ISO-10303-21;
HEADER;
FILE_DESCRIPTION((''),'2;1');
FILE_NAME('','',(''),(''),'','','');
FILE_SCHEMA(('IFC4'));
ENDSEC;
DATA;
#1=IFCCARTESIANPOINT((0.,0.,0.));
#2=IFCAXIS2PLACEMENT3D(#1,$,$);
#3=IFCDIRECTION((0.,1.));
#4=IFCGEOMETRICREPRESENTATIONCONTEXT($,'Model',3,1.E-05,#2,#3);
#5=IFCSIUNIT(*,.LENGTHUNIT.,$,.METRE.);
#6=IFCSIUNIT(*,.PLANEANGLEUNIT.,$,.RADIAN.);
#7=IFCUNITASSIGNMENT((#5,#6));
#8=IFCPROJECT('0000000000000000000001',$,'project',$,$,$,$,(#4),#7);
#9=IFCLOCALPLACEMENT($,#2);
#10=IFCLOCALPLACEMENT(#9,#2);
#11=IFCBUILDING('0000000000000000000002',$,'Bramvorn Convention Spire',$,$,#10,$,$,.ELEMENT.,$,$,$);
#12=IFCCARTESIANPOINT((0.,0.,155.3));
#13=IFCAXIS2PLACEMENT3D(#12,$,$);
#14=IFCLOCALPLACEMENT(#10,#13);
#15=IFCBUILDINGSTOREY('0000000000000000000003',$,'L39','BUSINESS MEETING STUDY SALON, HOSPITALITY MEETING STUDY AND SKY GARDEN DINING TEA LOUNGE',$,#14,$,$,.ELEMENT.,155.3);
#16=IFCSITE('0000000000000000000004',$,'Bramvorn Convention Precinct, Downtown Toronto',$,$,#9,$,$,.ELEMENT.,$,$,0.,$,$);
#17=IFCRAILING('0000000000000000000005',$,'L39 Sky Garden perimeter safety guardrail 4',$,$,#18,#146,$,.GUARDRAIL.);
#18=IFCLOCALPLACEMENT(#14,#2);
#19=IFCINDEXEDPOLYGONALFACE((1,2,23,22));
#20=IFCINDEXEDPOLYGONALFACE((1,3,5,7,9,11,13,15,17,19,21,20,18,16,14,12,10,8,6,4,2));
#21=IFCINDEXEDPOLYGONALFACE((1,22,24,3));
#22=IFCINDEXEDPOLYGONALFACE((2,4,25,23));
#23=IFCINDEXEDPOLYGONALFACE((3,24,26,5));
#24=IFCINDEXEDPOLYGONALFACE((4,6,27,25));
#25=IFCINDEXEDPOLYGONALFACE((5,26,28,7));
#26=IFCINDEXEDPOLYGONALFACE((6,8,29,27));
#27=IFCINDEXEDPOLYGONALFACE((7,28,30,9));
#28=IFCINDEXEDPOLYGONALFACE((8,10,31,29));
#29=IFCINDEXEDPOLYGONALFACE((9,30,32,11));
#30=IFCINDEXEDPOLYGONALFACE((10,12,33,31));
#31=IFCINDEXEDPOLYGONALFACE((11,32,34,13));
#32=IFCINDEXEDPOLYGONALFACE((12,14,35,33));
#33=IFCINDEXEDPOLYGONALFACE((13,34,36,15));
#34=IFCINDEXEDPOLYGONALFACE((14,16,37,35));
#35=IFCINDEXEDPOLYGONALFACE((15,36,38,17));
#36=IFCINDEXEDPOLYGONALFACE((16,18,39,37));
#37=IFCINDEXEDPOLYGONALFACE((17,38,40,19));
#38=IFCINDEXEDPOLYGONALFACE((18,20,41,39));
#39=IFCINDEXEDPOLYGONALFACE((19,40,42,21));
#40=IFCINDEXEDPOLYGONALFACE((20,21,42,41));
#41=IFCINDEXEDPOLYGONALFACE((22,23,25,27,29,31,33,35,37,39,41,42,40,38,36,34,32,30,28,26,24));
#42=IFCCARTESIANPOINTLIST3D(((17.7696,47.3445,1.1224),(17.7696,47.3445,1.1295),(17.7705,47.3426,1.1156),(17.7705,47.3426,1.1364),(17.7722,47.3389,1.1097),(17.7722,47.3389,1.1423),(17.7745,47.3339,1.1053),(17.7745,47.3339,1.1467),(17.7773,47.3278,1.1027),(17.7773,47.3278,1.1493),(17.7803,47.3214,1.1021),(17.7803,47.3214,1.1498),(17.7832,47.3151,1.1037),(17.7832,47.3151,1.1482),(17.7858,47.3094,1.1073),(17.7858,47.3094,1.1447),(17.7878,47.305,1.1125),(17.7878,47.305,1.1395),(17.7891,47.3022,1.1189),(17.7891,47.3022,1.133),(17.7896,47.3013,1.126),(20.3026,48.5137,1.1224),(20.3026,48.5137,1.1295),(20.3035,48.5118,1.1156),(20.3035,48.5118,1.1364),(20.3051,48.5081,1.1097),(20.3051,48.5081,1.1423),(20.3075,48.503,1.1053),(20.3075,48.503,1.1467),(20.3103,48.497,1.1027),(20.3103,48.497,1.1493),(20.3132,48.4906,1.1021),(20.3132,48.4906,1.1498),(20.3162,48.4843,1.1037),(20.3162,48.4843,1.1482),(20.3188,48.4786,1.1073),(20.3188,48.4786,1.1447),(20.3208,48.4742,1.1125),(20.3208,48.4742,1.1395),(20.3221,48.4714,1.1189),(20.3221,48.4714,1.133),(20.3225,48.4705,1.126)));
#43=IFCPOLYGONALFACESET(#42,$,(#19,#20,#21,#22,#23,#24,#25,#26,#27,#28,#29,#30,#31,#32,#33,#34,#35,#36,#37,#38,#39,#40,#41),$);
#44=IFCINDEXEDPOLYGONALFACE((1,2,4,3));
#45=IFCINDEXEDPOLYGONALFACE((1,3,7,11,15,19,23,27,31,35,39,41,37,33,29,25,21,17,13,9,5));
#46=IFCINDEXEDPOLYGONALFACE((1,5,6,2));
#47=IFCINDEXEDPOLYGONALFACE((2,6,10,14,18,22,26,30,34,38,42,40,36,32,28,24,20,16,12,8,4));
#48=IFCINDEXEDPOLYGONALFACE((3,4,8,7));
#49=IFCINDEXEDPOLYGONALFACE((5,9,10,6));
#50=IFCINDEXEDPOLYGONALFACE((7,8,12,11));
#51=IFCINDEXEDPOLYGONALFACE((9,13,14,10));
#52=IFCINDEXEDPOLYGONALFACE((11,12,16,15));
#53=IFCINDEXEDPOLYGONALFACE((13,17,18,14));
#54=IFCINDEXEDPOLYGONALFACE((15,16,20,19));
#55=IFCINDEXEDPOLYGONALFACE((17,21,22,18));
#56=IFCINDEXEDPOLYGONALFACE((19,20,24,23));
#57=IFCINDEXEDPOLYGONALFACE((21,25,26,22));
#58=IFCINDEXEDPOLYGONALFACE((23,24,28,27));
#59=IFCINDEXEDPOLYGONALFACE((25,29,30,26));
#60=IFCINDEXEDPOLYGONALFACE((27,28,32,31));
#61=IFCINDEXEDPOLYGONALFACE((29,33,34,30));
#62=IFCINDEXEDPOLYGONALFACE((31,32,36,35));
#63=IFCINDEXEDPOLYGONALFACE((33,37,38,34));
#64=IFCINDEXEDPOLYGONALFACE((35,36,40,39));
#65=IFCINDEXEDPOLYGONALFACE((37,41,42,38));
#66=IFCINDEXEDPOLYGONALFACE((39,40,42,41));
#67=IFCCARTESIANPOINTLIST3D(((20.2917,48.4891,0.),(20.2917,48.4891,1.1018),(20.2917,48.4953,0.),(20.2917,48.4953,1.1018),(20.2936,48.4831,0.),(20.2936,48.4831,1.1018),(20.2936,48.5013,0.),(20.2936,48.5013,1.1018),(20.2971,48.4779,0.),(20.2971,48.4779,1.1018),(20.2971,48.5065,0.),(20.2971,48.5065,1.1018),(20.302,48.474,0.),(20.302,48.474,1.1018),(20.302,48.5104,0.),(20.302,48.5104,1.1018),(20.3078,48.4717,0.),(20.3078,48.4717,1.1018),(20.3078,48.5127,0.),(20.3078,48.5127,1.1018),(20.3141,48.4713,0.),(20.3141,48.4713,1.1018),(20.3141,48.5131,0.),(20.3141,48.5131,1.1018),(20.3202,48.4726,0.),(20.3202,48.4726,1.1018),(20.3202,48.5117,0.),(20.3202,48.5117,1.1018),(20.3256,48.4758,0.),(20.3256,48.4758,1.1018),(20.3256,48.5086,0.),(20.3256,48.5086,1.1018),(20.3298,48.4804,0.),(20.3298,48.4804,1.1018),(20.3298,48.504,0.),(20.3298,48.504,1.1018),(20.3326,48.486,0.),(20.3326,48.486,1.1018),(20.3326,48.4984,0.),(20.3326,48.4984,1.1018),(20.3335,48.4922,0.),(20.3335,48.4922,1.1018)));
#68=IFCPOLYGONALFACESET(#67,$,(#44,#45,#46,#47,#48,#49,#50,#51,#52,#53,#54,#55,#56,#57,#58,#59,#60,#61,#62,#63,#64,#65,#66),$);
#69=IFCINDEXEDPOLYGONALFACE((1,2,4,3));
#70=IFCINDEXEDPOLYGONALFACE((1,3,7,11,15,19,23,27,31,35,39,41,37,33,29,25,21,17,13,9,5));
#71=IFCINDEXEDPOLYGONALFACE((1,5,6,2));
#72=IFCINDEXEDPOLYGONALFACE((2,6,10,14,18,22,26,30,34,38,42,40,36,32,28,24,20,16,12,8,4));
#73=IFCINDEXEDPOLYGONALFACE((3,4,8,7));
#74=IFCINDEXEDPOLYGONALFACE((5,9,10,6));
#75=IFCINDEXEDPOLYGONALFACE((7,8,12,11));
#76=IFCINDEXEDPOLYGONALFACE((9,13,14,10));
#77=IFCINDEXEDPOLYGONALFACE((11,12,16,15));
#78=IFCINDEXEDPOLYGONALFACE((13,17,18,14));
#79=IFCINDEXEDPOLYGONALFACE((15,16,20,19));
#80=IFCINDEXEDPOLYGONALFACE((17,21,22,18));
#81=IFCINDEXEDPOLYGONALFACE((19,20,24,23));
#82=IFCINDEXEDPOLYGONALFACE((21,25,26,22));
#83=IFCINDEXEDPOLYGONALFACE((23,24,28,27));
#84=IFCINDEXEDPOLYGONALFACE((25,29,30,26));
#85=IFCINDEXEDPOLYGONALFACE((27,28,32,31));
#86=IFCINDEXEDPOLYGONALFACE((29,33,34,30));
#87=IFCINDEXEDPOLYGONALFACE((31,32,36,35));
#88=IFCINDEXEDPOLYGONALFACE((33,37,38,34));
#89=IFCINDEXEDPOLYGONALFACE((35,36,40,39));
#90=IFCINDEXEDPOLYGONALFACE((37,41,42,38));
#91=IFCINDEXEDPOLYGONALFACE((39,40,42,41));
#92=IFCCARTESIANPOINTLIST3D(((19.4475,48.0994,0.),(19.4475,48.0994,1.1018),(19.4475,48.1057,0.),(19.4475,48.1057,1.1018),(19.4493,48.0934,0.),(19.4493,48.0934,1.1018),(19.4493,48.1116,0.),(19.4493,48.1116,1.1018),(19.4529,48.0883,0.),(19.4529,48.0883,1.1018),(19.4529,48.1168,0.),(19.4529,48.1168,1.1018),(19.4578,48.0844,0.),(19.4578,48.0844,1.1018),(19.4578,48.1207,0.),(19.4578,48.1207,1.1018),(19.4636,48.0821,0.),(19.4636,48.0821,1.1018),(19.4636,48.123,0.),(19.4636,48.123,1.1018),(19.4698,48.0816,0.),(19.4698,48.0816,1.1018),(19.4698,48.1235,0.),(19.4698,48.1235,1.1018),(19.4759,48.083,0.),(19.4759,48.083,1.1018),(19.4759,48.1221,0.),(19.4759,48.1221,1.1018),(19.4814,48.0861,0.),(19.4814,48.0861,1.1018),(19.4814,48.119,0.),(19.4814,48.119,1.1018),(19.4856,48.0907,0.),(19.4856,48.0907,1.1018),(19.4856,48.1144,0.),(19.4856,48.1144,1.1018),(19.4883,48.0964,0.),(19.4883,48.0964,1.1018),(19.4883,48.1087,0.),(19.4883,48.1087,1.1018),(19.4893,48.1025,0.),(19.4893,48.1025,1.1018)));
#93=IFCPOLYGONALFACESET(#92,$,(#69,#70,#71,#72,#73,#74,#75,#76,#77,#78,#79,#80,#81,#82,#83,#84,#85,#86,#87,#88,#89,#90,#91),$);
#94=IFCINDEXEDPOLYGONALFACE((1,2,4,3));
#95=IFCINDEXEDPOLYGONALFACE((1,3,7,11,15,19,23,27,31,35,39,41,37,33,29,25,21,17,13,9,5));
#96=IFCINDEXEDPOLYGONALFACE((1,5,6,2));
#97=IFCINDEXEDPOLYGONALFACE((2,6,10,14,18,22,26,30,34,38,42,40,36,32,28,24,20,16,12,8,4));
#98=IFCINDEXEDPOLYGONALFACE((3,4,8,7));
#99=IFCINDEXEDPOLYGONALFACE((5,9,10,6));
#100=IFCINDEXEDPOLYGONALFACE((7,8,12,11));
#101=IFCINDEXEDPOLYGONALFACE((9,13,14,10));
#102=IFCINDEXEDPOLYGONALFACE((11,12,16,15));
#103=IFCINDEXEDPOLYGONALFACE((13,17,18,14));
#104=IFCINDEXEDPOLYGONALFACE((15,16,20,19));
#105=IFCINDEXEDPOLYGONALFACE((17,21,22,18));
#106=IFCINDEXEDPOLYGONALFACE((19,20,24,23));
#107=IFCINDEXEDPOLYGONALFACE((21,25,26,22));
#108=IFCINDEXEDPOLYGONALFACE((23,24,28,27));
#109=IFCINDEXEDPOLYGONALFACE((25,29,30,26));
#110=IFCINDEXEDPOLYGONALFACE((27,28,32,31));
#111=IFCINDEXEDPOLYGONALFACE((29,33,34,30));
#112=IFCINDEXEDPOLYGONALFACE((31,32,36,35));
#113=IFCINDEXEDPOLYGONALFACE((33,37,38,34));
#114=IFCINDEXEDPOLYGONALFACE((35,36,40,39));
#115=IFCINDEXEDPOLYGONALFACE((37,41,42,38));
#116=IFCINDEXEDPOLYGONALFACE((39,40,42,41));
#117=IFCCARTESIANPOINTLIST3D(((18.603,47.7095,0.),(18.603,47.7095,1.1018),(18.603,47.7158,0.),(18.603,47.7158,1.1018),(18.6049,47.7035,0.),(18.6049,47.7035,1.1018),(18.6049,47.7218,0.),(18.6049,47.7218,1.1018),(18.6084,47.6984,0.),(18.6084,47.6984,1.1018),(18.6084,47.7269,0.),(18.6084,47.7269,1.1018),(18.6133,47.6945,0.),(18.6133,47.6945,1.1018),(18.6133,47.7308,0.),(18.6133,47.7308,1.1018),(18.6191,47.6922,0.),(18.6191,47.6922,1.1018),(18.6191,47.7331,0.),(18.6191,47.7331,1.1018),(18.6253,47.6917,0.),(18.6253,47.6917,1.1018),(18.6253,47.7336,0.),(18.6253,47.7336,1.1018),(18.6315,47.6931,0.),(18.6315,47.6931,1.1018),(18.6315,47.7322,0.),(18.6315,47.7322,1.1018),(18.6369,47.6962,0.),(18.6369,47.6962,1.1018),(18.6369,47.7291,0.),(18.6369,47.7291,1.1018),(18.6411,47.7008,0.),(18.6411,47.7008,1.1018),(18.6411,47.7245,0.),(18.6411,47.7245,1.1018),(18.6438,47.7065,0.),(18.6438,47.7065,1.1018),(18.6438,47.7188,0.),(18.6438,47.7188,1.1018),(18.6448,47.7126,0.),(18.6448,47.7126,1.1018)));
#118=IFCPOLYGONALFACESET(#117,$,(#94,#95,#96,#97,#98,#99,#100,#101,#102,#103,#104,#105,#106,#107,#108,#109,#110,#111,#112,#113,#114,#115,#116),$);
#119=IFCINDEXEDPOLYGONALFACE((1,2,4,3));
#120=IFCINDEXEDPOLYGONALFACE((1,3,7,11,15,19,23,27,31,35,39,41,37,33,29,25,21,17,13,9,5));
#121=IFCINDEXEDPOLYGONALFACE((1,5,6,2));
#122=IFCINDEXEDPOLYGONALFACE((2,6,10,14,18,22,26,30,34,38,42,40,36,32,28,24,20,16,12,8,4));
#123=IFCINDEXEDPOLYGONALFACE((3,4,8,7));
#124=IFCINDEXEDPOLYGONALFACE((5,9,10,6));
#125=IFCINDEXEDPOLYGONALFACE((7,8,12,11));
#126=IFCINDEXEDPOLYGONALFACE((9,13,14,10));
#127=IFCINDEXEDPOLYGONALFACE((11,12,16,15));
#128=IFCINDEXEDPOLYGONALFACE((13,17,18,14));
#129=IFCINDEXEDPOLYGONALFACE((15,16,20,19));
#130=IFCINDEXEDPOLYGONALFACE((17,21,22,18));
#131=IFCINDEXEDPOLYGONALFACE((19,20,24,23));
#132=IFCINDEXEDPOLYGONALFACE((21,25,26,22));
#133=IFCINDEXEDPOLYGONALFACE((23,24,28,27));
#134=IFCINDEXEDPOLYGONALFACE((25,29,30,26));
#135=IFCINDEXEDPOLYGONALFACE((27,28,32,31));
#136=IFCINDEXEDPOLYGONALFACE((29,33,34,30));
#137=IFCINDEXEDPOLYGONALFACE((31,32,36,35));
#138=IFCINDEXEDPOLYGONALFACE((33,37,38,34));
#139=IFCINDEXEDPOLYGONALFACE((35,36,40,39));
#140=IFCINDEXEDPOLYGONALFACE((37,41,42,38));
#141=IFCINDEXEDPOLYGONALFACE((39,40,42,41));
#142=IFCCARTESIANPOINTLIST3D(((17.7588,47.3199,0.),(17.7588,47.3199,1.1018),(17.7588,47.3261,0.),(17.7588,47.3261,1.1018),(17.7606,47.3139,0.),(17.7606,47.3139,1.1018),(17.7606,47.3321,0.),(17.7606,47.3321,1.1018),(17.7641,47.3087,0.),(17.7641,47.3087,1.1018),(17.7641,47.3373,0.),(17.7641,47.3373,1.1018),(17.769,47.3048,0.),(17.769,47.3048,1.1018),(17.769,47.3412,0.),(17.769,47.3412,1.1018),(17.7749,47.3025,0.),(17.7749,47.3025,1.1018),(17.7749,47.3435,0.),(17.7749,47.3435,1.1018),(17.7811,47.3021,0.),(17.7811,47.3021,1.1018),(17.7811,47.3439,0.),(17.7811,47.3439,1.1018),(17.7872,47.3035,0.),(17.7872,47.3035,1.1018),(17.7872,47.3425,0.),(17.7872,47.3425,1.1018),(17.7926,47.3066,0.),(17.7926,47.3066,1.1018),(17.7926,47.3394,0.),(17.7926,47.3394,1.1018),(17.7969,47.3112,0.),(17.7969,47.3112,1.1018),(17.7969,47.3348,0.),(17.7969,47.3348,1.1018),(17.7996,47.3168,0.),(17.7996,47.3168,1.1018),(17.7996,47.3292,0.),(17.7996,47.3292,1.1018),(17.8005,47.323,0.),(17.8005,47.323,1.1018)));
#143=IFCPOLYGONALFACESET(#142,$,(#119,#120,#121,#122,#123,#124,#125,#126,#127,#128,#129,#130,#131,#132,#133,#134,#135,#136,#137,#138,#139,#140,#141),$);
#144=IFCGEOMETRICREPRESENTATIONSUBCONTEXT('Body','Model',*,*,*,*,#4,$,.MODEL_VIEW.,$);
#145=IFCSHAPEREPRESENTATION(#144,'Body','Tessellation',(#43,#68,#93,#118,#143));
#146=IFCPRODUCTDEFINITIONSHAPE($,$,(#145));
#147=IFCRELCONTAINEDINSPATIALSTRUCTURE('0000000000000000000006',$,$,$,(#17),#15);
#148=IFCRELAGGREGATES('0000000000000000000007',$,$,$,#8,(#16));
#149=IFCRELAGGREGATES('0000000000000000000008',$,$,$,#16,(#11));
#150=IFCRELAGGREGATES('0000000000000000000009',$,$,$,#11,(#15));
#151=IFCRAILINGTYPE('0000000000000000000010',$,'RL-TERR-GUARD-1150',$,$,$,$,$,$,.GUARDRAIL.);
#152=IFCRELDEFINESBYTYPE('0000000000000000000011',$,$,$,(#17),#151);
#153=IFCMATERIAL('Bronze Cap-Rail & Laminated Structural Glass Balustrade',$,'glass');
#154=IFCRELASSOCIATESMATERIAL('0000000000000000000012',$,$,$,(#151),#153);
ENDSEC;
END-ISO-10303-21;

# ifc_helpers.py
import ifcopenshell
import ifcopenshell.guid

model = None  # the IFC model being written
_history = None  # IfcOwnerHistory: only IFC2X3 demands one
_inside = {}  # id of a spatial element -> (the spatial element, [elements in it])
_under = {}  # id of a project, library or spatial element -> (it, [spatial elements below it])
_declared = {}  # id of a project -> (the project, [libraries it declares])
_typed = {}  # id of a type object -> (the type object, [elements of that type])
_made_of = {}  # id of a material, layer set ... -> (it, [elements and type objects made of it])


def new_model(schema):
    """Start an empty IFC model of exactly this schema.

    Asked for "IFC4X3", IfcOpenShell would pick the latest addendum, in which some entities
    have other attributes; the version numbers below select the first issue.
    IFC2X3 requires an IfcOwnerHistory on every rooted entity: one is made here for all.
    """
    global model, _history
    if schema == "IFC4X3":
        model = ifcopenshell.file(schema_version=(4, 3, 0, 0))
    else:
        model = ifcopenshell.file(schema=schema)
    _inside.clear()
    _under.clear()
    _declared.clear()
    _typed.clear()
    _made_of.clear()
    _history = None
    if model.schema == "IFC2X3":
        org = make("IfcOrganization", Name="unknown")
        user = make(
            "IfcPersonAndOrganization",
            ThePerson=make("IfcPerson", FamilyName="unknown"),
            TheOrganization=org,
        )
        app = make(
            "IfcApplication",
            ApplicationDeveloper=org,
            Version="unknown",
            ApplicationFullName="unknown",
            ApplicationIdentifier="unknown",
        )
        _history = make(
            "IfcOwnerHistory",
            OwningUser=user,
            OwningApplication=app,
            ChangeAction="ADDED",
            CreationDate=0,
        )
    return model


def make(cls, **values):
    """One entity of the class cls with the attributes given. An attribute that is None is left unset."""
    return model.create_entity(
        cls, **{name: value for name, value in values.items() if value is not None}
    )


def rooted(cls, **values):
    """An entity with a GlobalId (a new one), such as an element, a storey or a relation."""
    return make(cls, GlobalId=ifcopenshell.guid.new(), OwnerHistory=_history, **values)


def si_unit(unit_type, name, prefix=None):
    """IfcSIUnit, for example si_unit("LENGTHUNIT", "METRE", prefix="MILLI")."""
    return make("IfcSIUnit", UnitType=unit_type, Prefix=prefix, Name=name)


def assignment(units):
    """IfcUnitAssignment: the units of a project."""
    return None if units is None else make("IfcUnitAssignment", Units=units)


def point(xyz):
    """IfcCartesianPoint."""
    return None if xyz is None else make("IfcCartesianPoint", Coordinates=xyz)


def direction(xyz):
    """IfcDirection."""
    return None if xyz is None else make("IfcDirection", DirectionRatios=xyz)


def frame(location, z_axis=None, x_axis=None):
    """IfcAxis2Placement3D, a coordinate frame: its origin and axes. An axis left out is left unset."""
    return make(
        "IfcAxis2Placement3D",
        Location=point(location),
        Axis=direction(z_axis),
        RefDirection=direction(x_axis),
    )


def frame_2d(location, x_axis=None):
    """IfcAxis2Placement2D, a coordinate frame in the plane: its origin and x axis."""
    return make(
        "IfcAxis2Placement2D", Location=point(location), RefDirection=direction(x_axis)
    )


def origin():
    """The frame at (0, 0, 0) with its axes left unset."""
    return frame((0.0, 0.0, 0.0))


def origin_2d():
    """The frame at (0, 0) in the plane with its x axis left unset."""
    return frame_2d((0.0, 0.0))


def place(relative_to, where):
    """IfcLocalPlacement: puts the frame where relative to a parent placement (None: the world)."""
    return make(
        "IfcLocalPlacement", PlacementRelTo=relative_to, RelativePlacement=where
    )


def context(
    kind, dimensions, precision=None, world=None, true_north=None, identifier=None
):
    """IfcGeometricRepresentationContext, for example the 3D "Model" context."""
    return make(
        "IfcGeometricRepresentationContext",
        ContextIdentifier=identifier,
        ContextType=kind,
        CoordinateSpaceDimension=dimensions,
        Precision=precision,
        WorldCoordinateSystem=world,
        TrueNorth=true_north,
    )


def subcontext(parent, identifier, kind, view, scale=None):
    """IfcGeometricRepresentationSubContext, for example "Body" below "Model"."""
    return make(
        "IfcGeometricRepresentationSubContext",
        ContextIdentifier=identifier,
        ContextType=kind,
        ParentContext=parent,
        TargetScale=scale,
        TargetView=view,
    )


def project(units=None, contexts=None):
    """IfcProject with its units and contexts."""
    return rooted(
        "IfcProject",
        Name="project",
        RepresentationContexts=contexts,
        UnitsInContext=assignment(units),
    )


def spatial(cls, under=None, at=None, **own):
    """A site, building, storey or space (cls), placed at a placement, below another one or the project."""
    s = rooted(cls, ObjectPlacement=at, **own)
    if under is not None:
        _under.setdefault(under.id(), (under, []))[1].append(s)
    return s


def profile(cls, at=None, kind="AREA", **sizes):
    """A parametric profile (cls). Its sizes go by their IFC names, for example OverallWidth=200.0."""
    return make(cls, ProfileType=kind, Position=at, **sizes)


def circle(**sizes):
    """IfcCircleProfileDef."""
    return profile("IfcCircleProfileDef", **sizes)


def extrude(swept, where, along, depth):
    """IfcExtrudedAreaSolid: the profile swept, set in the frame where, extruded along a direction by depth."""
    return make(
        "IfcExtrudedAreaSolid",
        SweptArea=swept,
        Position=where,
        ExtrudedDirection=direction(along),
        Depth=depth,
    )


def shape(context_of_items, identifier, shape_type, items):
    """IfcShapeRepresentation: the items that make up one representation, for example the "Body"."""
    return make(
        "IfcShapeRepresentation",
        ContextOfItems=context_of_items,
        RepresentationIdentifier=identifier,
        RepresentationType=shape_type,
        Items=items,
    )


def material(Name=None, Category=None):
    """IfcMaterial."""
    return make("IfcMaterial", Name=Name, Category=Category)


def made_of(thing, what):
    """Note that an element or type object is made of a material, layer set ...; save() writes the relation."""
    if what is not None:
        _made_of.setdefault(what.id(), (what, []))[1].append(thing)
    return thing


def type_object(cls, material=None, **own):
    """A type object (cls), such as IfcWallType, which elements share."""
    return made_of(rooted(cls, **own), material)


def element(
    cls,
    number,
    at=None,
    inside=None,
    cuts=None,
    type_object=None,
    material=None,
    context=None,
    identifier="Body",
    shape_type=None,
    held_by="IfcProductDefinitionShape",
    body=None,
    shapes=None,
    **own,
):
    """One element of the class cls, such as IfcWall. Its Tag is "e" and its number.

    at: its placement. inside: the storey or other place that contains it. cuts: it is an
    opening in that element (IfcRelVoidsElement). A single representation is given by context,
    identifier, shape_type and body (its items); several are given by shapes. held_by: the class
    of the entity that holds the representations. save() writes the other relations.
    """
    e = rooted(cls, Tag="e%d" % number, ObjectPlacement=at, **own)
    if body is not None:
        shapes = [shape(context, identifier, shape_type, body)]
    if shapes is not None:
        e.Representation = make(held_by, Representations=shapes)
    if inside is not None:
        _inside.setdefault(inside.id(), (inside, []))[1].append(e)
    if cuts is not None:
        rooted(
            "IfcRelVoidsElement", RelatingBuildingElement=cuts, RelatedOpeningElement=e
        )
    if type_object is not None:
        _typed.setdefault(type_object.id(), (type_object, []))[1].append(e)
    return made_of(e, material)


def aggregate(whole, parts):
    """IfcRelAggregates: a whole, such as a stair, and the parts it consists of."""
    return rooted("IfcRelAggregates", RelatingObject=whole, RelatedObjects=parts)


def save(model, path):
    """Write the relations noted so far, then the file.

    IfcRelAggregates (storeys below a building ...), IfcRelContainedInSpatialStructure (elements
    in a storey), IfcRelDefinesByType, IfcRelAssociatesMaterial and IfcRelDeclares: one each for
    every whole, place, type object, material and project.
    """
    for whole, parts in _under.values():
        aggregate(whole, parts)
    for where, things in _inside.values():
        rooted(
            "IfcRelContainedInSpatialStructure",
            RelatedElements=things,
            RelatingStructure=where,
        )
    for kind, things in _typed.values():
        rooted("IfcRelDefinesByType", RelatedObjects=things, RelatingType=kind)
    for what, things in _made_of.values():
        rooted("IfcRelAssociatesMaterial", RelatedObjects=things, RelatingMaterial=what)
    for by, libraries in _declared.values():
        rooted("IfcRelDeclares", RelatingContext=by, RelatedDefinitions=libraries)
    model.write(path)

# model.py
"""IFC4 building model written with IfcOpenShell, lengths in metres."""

from ifc_helpers import new_model, si_unit, direction, frame, origin, origin_2d, place, context, subcontext, project, spatial, circle, extrude, material, type_object, element, save


model = new_model("IFC4")

# Units and contexts
model_context = context("Model", 3, precision=1e-05, world=origin(), true_north=direction((0.0, 1.0)))
body_context = subcontext(model_context, "Body", "Model", "MODEL_VIEW")
ifc_project = project(units=[si_unit("LENGTHUNIT", "METRE"), si_unit("PLANEANGLEUNIT", "RADIAN")], contexts=[model_context])

# Site, building, storey
site_placement = place(None, origin())
site = spatial("IfcSite", under=ifc_project, at=site_placement, Name="Bramvorn Convention Precinct, Downtown Toronto", CompositionType="ELEMENT", RefElevation=0.0)
building_placement = place(site_placement, origin())
building = spatial("IfcBuilding", under=site, at=building_placement, Name="Bramvorn Convention Spire", CompositionType="ELEMENT")
storey_placement = place(building_placement, frame((0.0, 0.0, 155.3)))
storey = spatial("IfcBuildingStorey", under=building, at=storey_placement, Name="L39", Description="BUSINESS MEETING STUDY SALON, HOSPITALITY MEETING STUDY AND SKY GARDEN DINING TEA LOUNGE", CompositionType="ELEMENT", Elevation=155.3)

# Railing
ifc_material_1 = material(Name="Bronze Cap-Rail & Laminated Structural Glass Balustrade", Category="glass")
railing_type = type_object("IfcRailingType", Name="RL-TERR-GUARD-1150", PredefinedType="GUARDRAIL", material=ifc_material_1)
railing_1_placement = place(storey_placement, frame((20.3125, 48.4922, 0.0)))
element("IfcRailing", 1, at=railing_1_placement, inside=storey, type_object=railing_type, Name="L39 Sky Garden perimeter safety guardrail 4", PredefinedType="GUARDRAIL", context=body_context, shape_type="SweptSolid", body=[
    extrude(circle(Radius=0.0239, at=origin_2d()), frame((0.0, 0.0, 1.126), z_axis=(-0.907941, -0.419097, 0.0), x_axis=(0.419097, -0.907941, 0.0)), (0.0, 0.0, 1.0), 2.7898),
    extrude(circle(Radius=0.021, at=origin_2d()), origin(), (0.0, 0.0, 1.0), 1.1018),
    extrude(circle(Radius=0.021, at=origin_2d()), frame((-0.8442, -0.3896, 0.0)), (0.0, 0.0, 1.0), 1.1018),
    extrude(circle(Radius=0.021, at=origin_2d()), frame((-1.6887, -0.7795, 0.0)), (0.0, 0.0, 1.0), 1.1018),
    extrude(circle(Radius=0.021, at=origin_2d()), frame((-2.533, -1.1692, 0.0)), (0.0, 0.0, 1.0), 1.1018),
])

save(model, "model.ifc")
